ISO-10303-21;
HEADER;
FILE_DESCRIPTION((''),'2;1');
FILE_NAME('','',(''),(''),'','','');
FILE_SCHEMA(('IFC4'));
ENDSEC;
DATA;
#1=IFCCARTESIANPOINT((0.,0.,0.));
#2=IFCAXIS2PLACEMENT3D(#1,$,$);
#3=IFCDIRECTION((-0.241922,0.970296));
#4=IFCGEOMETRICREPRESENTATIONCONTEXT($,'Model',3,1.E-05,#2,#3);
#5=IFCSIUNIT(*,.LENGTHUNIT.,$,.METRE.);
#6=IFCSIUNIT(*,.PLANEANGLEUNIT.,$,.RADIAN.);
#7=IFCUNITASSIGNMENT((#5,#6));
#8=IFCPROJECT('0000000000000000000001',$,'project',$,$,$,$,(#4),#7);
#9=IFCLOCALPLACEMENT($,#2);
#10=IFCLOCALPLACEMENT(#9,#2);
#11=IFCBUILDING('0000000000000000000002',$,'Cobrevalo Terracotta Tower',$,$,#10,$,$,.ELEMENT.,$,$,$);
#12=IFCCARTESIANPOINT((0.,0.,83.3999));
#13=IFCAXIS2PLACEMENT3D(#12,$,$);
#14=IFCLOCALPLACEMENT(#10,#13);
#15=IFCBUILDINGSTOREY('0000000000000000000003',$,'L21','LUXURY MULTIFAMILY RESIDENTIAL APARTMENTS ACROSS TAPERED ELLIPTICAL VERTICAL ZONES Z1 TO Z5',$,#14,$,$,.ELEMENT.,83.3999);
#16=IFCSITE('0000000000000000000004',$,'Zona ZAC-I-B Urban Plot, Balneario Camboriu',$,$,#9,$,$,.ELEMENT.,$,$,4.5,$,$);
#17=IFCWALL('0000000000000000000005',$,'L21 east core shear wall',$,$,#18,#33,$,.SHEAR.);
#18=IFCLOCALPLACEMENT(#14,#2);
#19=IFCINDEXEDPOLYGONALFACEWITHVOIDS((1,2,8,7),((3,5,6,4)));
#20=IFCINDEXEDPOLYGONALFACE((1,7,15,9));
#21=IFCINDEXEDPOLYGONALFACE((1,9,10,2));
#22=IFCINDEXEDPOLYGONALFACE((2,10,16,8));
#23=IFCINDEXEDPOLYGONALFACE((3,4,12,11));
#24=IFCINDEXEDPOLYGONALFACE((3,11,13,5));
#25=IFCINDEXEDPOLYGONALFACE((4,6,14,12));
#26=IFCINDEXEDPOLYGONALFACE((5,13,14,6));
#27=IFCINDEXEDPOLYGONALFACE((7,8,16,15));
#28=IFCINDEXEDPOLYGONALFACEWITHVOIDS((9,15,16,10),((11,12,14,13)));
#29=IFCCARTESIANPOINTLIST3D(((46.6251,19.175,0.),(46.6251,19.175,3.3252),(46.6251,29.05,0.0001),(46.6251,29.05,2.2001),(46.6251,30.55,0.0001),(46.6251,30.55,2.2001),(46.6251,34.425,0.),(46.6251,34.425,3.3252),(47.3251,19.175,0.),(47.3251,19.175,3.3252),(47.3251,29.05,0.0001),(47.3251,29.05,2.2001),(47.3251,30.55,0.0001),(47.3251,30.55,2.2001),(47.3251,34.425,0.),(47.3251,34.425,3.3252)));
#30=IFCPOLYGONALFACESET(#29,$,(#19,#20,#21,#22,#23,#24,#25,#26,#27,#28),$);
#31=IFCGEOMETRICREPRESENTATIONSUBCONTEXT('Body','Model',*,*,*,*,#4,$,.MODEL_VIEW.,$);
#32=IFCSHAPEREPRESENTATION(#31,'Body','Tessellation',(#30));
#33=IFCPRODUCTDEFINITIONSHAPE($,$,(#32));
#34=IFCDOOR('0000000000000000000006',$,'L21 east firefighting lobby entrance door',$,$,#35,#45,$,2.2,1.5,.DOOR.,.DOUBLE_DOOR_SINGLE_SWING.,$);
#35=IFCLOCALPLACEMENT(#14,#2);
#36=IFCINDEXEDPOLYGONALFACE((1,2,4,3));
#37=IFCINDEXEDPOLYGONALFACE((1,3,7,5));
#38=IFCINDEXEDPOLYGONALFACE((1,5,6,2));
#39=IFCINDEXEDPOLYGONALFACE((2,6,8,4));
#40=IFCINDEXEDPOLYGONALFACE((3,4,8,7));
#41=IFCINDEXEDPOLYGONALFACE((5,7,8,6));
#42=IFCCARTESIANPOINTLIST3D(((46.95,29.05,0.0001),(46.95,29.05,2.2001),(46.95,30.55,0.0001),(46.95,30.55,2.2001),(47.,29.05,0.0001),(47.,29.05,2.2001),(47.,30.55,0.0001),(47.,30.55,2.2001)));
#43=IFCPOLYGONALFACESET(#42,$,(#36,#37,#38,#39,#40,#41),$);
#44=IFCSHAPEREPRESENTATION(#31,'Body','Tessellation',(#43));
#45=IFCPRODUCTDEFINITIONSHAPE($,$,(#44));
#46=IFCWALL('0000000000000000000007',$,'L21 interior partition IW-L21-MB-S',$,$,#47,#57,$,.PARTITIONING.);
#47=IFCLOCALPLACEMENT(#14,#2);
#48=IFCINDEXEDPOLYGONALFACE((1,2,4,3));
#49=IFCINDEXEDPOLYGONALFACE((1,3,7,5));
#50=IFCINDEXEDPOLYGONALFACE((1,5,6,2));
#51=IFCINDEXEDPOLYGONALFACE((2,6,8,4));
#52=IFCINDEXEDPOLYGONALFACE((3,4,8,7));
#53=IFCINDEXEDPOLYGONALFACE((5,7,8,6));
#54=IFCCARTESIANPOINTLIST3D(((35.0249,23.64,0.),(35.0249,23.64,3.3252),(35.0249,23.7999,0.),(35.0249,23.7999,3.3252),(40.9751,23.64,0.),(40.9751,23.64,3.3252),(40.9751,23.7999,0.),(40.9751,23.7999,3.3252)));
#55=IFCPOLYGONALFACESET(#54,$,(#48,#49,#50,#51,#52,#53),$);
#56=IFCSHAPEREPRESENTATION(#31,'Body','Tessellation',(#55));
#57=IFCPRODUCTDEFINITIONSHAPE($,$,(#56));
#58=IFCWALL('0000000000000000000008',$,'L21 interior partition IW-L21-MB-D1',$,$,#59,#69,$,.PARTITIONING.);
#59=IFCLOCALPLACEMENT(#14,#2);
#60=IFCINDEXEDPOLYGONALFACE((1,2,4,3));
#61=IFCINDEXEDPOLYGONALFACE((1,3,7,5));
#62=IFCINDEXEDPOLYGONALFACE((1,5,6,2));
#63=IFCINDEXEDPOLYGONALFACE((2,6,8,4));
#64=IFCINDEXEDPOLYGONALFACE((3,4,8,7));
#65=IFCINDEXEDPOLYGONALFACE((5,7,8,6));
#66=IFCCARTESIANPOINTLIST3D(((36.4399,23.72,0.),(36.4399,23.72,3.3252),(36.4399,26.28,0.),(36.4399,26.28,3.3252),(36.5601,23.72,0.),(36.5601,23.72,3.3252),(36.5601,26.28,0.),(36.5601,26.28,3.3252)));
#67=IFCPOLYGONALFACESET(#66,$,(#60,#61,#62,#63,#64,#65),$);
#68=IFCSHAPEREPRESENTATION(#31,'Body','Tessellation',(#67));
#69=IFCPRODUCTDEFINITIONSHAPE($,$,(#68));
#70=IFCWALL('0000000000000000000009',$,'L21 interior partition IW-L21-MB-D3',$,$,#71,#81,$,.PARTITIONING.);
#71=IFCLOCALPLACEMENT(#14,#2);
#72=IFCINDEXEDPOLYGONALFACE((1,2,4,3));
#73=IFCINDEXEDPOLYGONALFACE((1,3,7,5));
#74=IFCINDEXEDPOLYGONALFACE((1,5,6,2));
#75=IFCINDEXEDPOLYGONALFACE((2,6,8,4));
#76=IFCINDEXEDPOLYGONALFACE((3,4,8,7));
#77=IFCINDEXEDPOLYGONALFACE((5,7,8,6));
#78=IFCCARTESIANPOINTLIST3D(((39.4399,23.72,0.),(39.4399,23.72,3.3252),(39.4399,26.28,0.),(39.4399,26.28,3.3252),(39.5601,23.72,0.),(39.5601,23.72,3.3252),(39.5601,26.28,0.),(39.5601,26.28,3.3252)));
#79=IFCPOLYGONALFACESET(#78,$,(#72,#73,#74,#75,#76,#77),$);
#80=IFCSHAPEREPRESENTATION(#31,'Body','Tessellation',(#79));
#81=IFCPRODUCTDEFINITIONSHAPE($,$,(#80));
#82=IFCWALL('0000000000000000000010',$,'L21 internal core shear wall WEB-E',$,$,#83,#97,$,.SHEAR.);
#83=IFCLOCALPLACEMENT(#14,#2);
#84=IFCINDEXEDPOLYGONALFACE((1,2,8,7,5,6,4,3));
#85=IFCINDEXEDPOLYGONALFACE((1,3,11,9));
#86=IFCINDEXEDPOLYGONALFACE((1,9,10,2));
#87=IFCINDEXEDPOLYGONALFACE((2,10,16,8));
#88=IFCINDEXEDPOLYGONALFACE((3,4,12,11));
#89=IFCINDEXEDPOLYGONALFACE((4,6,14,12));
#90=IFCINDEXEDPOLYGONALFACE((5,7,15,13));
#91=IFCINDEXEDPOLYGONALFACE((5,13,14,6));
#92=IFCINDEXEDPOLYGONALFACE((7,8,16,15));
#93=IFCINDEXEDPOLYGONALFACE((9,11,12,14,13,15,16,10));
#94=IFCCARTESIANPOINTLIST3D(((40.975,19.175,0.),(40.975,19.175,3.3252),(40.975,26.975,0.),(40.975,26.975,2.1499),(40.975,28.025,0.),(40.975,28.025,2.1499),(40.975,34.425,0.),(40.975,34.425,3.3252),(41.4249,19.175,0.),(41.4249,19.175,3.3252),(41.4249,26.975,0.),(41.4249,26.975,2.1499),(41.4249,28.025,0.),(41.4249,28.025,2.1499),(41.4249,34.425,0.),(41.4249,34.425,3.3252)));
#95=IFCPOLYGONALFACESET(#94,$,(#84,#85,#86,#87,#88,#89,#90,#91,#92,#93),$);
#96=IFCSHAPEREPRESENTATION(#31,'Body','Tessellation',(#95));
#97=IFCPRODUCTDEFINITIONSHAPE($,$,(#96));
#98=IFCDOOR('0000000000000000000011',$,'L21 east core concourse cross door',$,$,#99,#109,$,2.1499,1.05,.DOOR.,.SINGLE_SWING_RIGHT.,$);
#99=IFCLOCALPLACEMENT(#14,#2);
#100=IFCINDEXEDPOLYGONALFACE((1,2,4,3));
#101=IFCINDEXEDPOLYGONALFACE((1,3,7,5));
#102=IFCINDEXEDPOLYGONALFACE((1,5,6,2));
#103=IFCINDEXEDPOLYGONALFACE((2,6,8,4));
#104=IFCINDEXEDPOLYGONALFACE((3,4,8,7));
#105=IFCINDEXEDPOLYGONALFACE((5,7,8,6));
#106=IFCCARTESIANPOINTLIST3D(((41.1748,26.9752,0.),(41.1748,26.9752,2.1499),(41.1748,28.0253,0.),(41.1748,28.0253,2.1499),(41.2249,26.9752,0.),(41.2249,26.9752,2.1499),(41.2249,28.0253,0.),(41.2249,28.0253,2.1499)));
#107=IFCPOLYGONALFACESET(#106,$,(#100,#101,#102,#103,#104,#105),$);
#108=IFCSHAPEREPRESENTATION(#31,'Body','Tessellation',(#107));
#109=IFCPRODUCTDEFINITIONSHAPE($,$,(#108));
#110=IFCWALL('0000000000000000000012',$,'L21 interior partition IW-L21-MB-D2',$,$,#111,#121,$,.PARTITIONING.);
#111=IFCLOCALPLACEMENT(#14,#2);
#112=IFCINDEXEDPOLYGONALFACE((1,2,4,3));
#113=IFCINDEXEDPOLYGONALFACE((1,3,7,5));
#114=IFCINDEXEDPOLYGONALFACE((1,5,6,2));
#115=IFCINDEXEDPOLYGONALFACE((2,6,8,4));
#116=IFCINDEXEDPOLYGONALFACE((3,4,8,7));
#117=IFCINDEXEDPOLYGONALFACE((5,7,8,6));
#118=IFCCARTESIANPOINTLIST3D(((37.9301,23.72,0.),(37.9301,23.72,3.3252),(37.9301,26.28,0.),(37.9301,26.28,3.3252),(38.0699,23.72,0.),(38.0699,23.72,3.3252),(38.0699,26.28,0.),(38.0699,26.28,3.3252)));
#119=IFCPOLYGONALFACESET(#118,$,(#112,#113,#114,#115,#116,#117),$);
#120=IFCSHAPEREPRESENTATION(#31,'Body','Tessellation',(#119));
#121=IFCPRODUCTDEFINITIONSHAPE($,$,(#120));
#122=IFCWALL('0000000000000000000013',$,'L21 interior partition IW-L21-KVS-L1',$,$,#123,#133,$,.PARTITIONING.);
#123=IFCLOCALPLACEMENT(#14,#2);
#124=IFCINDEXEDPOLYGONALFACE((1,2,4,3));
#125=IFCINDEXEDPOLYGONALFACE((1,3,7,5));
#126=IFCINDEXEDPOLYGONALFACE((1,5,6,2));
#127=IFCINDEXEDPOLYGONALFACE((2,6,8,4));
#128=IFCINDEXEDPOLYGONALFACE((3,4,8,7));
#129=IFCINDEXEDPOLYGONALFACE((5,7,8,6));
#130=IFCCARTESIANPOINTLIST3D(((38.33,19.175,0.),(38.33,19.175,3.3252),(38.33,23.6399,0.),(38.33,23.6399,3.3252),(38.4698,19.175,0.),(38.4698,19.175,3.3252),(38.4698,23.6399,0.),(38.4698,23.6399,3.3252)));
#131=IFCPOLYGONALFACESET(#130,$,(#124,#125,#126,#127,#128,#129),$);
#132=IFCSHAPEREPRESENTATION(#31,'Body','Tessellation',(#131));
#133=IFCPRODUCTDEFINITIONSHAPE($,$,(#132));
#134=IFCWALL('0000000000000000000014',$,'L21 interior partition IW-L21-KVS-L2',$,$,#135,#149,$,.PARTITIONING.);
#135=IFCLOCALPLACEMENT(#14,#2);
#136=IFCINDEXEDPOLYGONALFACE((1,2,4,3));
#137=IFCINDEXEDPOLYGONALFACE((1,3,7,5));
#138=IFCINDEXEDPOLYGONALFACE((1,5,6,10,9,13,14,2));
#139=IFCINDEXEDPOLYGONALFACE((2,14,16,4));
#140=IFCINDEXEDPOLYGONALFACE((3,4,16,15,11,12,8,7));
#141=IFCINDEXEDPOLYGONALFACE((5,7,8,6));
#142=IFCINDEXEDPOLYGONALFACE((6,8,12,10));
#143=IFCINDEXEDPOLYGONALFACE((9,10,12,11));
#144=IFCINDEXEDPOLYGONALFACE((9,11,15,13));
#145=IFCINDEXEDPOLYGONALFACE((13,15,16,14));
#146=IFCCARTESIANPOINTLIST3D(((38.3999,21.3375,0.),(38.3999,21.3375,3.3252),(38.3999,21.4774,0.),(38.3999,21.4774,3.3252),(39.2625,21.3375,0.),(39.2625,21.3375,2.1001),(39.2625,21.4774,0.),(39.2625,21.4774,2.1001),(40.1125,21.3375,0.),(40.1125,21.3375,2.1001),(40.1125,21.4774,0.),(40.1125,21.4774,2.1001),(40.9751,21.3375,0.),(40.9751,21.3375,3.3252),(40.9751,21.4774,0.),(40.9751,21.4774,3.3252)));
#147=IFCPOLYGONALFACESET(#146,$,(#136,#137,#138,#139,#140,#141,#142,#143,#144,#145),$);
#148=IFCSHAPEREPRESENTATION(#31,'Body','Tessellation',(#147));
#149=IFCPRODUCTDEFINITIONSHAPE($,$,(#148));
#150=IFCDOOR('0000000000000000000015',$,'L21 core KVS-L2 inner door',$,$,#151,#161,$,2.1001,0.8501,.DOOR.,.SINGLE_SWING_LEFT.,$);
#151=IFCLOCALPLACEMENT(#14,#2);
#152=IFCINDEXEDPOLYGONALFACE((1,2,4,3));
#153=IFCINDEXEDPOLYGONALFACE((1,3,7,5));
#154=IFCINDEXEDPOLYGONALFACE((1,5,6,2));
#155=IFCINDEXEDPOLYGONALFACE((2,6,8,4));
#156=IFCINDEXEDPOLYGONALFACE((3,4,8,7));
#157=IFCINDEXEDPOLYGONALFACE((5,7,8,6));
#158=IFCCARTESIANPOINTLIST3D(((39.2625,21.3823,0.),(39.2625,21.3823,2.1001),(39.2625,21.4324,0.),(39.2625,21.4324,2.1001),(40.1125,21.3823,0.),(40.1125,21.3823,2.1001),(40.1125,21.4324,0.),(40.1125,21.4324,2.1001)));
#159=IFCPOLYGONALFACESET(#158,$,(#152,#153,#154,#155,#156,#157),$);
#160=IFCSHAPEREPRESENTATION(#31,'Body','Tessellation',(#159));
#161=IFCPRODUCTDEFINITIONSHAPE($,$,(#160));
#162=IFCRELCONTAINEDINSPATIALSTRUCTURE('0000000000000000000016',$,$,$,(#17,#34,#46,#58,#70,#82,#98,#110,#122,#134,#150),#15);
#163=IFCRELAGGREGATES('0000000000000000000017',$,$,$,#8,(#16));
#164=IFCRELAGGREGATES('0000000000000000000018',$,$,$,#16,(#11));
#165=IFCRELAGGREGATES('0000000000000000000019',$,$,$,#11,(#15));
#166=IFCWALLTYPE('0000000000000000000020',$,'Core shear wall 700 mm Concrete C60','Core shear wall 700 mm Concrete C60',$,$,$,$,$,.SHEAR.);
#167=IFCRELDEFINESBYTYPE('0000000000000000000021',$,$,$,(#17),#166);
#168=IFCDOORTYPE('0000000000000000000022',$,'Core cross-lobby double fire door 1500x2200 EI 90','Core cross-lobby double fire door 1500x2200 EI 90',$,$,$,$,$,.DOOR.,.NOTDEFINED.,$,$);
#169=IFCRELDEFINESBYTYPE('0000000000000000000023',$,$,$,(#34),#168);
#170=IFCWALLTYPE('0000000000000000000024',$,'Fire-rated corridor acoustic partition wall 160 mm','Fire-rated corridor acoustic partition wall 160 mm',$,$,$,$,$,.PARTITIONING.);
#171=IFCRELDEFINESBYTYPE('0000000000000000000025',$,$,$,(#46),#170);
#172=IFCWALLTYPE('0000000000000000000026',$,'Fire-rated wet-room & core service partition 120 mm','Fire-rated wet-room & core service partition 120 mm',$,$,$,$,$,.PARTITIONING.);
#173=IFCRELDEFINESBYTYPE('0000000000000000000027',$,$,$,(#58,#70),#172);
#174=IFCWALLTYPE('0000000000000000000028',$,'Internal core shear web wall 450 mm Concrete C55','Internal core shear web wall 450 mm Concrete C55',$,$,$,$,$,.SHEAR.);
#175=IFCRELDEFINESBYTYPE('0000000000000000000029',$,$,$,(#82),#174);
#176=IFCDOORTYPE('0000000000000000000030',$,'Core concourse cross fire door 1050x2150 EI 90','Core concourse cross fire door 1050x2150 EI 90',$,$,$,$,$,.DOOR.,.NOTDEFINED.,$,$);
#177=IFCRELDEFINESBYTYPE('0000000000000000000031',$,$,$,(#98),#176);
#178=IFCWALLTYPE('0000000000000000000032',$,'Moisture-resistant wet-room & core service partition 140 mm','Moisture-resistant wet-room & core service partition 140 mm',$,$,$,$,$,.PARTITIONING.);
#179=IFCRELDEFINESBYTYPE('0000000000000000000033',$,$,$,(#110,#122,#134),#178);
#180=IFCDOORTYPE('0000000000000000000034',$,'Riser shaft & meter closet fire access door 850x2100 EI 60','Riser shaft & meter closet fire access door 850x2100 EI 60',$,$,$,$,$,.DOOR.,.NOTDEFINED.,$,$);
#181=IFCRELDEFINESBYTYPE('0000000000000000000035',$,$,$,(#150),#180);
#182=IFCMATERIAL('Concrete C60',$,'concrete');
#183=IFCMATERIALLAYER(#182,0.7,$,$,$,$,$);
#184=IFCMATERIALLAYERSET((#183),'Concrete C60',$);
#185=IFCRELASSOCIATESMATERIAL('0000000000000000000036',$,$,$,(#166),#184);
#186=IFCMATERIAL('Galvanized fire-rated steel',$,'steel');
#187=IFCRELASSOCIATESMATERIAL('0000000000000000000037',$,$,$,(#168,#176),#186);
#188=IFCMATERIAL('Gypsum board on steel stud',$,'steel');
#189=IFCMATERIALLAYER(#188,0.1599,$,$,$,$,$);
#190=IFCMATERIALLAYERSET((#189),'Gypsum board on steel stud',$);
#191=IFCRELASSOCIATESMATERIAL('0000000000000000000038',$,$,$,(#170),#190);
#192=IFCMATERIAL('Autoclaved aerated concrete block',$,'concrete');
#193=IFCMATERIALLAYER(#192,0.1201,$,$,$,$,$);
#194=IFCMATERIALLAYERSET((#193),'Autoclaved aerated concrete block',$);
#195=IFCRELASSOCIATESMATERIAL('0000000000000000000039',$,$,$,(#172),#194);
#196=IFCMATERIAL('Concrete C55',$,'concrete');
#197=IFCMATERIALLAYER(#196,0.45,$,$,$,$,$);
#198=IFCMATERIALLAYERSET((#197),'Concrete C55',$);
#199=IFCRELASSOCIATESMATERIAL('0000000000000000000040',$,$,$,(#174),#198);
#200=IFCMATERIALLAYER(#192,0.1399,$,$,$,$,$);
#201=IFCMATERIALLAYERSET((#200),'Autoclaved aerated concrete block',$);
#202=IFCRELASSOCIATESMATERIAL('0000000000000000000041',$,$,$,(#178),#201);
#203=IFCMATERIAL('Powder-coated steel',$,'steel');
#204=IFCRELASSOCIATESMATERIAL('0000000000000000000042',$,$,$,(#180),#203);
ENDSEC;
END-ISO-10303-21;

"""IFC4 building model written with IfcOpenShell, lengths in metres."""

from ifc_helpers import new_model, si_unit, direction, frame, frame_2d, origin, place, context, subcontext, project, spatial, rectangle, extrude, source, transform, mapped, material, layer, layer_set, type_object, element, fill, save


model = new_model("IFC4")

# Units and contexts
model_context = context("Model", 3, precision=1e-05, world=origin(), true_north=direction((-0.241922, 0.970296)))
body_context = subcontext(model_context, "Body", "Model", "MODEL_VIEW")
ifc_project = project(units=[si_unit("LENGTHUNIT", "METRE"), si_unit("PLANEANGLEUNIT", "RADIAN")], contexts=[model_context])

# Site, building, storey
site_placement = place(None, origin())
site = spatial("IfcSite", under=ifc_project, at=site_placement, Name="Zona ZAC-I-B Urban Plot, Balneario Camboriu", CompositionType="ELEMENT", RefElevation=4.5)
building_placement = place(site_placement, origin())
building = spatial("IfcBuilding", under=site, at=building_placement, Name="Cobrevalo Terracotta Tower", CompositionType="ELEMENT")
storey_placement = place(building_placement, frame((0.0, 0.0, 83.3999)))
storey = spatial("IfcBuildingStorey", under=building, at=storey_placement, Name="L21", Description="LUXURY MULTIFAMILY RESIDENTIAL APARTMENTS ACROSS TAPERED ELLIPTICAL VERTICAL ZONES Z1 TO Z5", CompositionType="ELEMENT", Elevation=83.3999)

# Wall, opening, door
ifc_material_1 = material(Name="Concrete C60", Category="concrete")
ifc_layer_1 = layer(ifc_material_1, 0.7)
ifc_layer_set_1 = layer_set([ifc_layer_1], Name="Concrete C60")
wall_type_1 = type_object("IfcWallType", Name="Core shear wall 700 mm Concrete C60", Description="Core shear wall 700 mm Concrete C60", PredefinedType="SHEAR", material=ifc_layer_set_1)
wall_1_placement = place(storey_placement, frame((46.9751, 19.175, 0.0), z_axis=(0.0, 0.0, 1.0), x_axis=(0.0, 1.0, 0.0)))
wall_1 = element("IfcWall", 1, at=wall_1_placement, inside=storey, type_object=wall_type_1, Name="L21 east core shear wall", PredefinedType="SHEAR", context=body_context, shape_type="SweptSolid", body=[
    extrude(rectangle(XDim=15.25, YDim=0.7, at=frame_2d((7.625, 0.0))), origin(), (0.0, 0.0, 1.0), 3.3252),
])
opening_1_placement = place(wall_1_placement, frame((9.875, 0.0, 0.0)))
opening_1 = element("IfcOpeningElement", 2, at=opening_1_placement, cuts=wall_1, PredefinedType="OPENING", context=body_context, shape_type="SweptSolid", body=[
    extrude(rectangle(XDim=1.5, YDim=2.2, at=frame_2d((0.75, 1.1001))), frame((0.0, 0.3599, 0.0), z_axis=(0.0, -1.0, 0.0), x_axis=(1.0, 0.0, 0.0)), (0.0, 0.0, 1.0), 0.72),
])
ifc_material_2 = material(Name="Galvanized fire-rated steel", Category="steel")
door_type_1 = type_object("IfcDoorType", Name="Core cross-lobby double fire door 1500x2200 EI 90", Description="Core cross-lobby double fire door 1500x2200 EI 90", OperationType="NOTDEFINED", PredefinedType="DOOR", material=ifc_material_2)
shared_shape_1 = source(origin(), body_context, "Body", "SweptSolid", [
    extrude(rectangle(XDim=1.5, YDim=2.2, at=frame_2d((0.75, 1.1001))), frame((0.0, 0.0249, 0.0), z_axis=(0.0, -1.0, 0.0), x_axis=(1.0, 0.0, 0.0)), (0.0, 0.0, 1.0), 0.05),
])
door_1_placement = place(opening_1_placement, frame((1.5, 0.0, 0.0), z_axis=(0.0, 0.0, 1.0), x_axis=(-1.0, 0.0, 0.0)))
door_1 = element("IfcDoor", 3, at=door_1_placement, inside=storey, type_object=door_type_1, Name="L21 east firefighting lobby entrance door", OperationType="DOUBLE_DOOR_SINGLE_SWING", OverallHeight=2.2, OverallWidth=1.5, PredefinedType="DOOR", context=body_context, shape_type="MappedRepresentation", body=[
    mapped(shared_shape_1, transform((0.0, 0.0, 0.0), scale=1.0)),
])
fill(opening_1, door_1)

# Walls
ifc_material_3 = material(Name="Gypsum board on steel stud", Category="steel")
ifc_layer_2 = layer(ifc_material_3, 0.1599)
ifc_layer_set_2 = layer_set([ifc_layer_2], Name="Gypsum board on steel stud")
wall_type_2 = type_object("IfcWallType", Name="Fire-rated corridor acoustic partition wall 160 mm", Description="Fire-rated corridor acoustic partition wall 160 mm", PredefinedType="PARTITIONING", material=ifc_layer_set_2)
wall_2_placement = place(storey_placement, frame((35.0249, 23.72, 0.0), z_axis=(0.0, 0.0, 1.0), x_axis=(1.0, 0.0, 0.0)))
element("IfcWall", 4, at=wall_2_placement, inside=storey, type_object=wall_type_2, Name="L21 interior partition IW-L21-MB-S", PredefinedType="PARTITIONING", context=body_context, shape_type="SweptSolid", body=[
    extrude(rectangle(XDim=5.9502, YDim=0.1599, at=frame_2d((2.9751, 0.0))), origin(), (0.0, 0.0, 1.0), 3.3252),
])
ifc_material_4 = material(Name="Autoclaved aerated concrete block", Category="concrete")
ifc_layer_3 = layer(ifc_material_4, 0.1201)
ifc_layer_set_3 = layer_set([ifc_layer_3], Name="Autoclaved aerated concrete block")
wall_type_3 = type_object("IfcWallType", Name="Fire-rated wet-room & core service partition 120 mm", Description="Fire-rated wet-room & core service partition 120 mm", PredefinedType="PARTITIONING", material=ifc_layer_set_3)
for number, where, z_axis, x_axis, name in (
    (5, (36.5, 23.72, 0.0), (0.0, 0.0, 1.0), (0.0, 1.0, 0.0), "L21 interior partition IW-L21-MB-D1"),
    (6, (39.5, 23.72, 0.0), (0.0, 0.0, 1.0), (0.0, 1.0, 0.0), "L21 interior partition IW-L21-MB-D3"),
):
    element("IfcWall", number, at=place(storey_placement, frame(where, z_axis=z_axis, x_axis=x_axis)), inside=storey, type_object=wall_type_3, Name=name, PredefinedType="PARTITIONING", context=body_context, shape_type="SweptSolid", body=[
        extrude(rectangle(XDim=2.5601, YDim=0.1201, at=frame_2d((1.28, 0.0))), origin(), (0.0, 0.0, 1.0), 3.3252),
    ])

# Wall, opening, door
ifc_material_5 = material(Name="Concrete C55", Category="concrete")
ifc_layer_4 = layer(ifc_material_5, 0.45)
ifc_layer_set_4 = layer_set([ifc_layer_4], Name="Concrete C55")
wall_type_4 = type_object("IfcWallType", Name="Internal core shear web wall 450 mm Concrete C55", Description="Internal core shear web wall 450 mm Concrete C55", PredefinedType="SHEAR", material=ifc_layer_set_4)
wall_3_placement = place(storey_placement, frame((41.2, 19.175, 0.0), z_axis=(0.0, 0.0, 1.0), x_axis=(0.0, 1.0, 0.0)))
wall_3 = element("IfcWall", 7, at=wall_3_placement, inside=storey, type_object=wall_type_4, Name="L21 internal core shear wall WEB-E", PredefinedType="SHEAR", context=body_context, shape_type="SweptSolid", body=[
    extrude(rectangle(XDim=15.25, YDim=0.45, at=frame_2d((7.625, 0.0))), origin(), (0.0, 0.0, 1.0), 3.3252),
])
opening_2_placement = place(wall_3_placement, frame((7.8, 0.0, 0.0)))
opening_2 = element("IfcOpeningElement", 8, at=opening_2_placement, cuts=wall_3, PredefinedType="OPENING", context=body_context, shape_type="SweptSolid", body=[
    extrude(rectangle(XDim=1.05, YDim=2.1499, at=frame_2d((0.5249, 1.075))), frame((0.0, 0.2349, 0.0), z_axis=(0.0, -1.0, 0.0), x_axis=(1.0, 0.0, 0.0)), (0.0, 0.0, 1.0), 0.47),
])
door_type_2 = type_object("IfcDoorType", Name="Core concourse cross fire door 1050x2150 EI 90", Description="Core concourse cross fire door 1050x2150 EI 90", OperationType="NOTDEFINED", PredefinedType="DOOR", material=ifc_material_2)
shared_shape_2 = source(origin(), body_context, "Body", "SweptSolid", [
    extrude(rectangle(XDim=1.05, YDim=2.1499, at=frame_2d((0.5249, 1.075))), frame((0.0, 0.0249, 0.0), z_axis=(0.0, -1.0, 0.0), x_axis=(1.0, 0.0, 0.0)), (0.0, 0.0, 1.0), 0.05),
])
door_2_placement = place(opening_2_placement, frame((1.05, 0.0, 0.0), z_axis=(0.0, 0.0, 1.0), x_axis=(-1.0, 0.0, 0.0)))
door_2 = element("IfcDoor", 9, at=door_2_placement, inside=storey, type_object=door_type_2, Name="L21 east core concourse cross door", OperationType="SINGLE_SWING_RIGHT", OverallHeight=2.1499, OverallWidth=1.05, PredefinedType="DOOR", context=body_context, shape_type="MappedRepresentation", body=[
    mapped(shared_shape_2, transform((0.0, 0.0, 0.0), scale=1.0)),
])
fill(opening_2, door_2)

# Walls
ifc_layer_5 = layer(ifc_material_4, 0.1399)
ifc_layer_set_5 = layer_set([ifc_layer_5], Name="Autoclaved aerated concrete block")
wall_type_5 = type_object("IfcWallType", Name="Moisture-resistant wet-room & core service partition 140 mm", Description="Moisture-resistant wet-room & core service partition 140 mm", PredefinedType="PARTITIONING", material=ifc_layer_set_5)
wall_4_placement = place(storey_placement, frame((38.0, 23.72, 0.0), z_axis=(0.0, 0.0, 1.0), x_axis=(0.0, 1.0, 0.0)))
element("IfcWall", 10, at=wall_4_placement, inside=storey, type_object=wall_type_5, Name="L21 interior partition IW-L21-MB-D2", PredefinedType="PARTITIONING", context=body_context, shape_type="SweptSolid", body=[
    extrude(rectangle(XDim=2.5601, YDim=0.1399, at=frame_2d((1.28, 0.0))), origin(), (0.0, 0.0, 1.0), 3.3252),
])
wall_5_placement = place(storey_placement, frame((38.3999, 19.175, 0.0), z_axis=(0.0, 0.0, 1.0), x_axis=(0.0, 1.0, 0.0)))
element("IfcWall", 11, at=wall_5_placement, inside=storey, type_object=wall_type_5, Name="L21 interior partition IW-L21-KVS-L1", PredefinedType="PARTITIONING", context=body_context, shape_type="SweptSolid", body=[
    extrude(rectangle(XDim=4.4648, YDim=0.1399, at=frame_2d((2.2324, 0.0))), origin(), (0.0, 0.0, 1.0), 3.3252),
])

# Wall, opening, door
wall_6_placement = place(storey_placement, frame((38.3999, 21.4075, 0.0), z_axis=(0.0, 0.0, 1.0), x_axis=(1.0, 0.0, 0.0)))
wall_6 = element("IfcWall", 12, at=wall_6_placement, inside=storey, type_object=wall_type_5, Name="L21 interior partition IW-L21-KVS-L2", PredefinedType="PARTITIONING", context=body_context, shape_type="SweptSolid", body=[
    extrude(rectangle(XDim=2.5752, YDim=0.1399, at=frame_2d((1.2876, 0.0))), origin(), (0.0, 0.0, 1.0), 3.3252),
])
opening_3_placement = place(wall_6_placement, frame((0.8625, 0.0, 0.0)))
opening_3 = element("IfcOpeningElement", 13, at=opening_3_placement, cuts=wall_6, PredefinedType="OPENING", context=body_context, shape_type="SweptSolid", body=[
    extrude(rectangle(XDim=0.8501, YDim=2.1001, at=frame_2d((0.425, 1.05))), frame((0.0, 0.0801, 0.0), z_axis=(0.0, -1.0, 0.0), x_axis=(1.0, 0.0, 0.0)), (0.0, 0.0, 1.0), 0.1599),
])
ifc_material_6 = material(Name="Powder-coated steel", Category="steel")
door_type_3 = type_object("IfcDoorType", Name="Riser shaft & meter closet fire access door 850x2100 EI 60", Description="Riser shaft & meter closet fire access door 850x2100 EI 60", OperationType="NOTDEFINED", PredefinedType="DOOR", material=ifc_material_6)
shared_shape_3 = source(origin(), body_context, "Body", "SweptSolid", [
    extrude(rectangle(XDim=0.8501, YDim=2.1001, at=frame_2d((0.425, 1.05))), frame((0.0, 0.0249, 0.0), z_axis=(0.0, -1.0, 0.0), x_axis=(1.0, 0.0, 0.0)), (0.0, 0.0, 1.0), 0.05),
])
door_3_placement = place(opening_3_placement, origin())
door_3 = element("IfcDoor", 14, at=door_3_placement, inside=storey, type_object=door_type_3, Name="L21 core KVS-L2 inner door", OperationType="SINGLE_SWING_LEFT", OverallHeight=2.1001, OverallWidth=0.8501, PredefinedType="DOOR", context=body_context, shape_type="MappedRepresentation", body=[
    mapped(shared_shape_3, transform((0.0, 0.0, 0.0), scale=1.0)),
])
fill(opening_3, door_3)

save(model, "model.ifc")
